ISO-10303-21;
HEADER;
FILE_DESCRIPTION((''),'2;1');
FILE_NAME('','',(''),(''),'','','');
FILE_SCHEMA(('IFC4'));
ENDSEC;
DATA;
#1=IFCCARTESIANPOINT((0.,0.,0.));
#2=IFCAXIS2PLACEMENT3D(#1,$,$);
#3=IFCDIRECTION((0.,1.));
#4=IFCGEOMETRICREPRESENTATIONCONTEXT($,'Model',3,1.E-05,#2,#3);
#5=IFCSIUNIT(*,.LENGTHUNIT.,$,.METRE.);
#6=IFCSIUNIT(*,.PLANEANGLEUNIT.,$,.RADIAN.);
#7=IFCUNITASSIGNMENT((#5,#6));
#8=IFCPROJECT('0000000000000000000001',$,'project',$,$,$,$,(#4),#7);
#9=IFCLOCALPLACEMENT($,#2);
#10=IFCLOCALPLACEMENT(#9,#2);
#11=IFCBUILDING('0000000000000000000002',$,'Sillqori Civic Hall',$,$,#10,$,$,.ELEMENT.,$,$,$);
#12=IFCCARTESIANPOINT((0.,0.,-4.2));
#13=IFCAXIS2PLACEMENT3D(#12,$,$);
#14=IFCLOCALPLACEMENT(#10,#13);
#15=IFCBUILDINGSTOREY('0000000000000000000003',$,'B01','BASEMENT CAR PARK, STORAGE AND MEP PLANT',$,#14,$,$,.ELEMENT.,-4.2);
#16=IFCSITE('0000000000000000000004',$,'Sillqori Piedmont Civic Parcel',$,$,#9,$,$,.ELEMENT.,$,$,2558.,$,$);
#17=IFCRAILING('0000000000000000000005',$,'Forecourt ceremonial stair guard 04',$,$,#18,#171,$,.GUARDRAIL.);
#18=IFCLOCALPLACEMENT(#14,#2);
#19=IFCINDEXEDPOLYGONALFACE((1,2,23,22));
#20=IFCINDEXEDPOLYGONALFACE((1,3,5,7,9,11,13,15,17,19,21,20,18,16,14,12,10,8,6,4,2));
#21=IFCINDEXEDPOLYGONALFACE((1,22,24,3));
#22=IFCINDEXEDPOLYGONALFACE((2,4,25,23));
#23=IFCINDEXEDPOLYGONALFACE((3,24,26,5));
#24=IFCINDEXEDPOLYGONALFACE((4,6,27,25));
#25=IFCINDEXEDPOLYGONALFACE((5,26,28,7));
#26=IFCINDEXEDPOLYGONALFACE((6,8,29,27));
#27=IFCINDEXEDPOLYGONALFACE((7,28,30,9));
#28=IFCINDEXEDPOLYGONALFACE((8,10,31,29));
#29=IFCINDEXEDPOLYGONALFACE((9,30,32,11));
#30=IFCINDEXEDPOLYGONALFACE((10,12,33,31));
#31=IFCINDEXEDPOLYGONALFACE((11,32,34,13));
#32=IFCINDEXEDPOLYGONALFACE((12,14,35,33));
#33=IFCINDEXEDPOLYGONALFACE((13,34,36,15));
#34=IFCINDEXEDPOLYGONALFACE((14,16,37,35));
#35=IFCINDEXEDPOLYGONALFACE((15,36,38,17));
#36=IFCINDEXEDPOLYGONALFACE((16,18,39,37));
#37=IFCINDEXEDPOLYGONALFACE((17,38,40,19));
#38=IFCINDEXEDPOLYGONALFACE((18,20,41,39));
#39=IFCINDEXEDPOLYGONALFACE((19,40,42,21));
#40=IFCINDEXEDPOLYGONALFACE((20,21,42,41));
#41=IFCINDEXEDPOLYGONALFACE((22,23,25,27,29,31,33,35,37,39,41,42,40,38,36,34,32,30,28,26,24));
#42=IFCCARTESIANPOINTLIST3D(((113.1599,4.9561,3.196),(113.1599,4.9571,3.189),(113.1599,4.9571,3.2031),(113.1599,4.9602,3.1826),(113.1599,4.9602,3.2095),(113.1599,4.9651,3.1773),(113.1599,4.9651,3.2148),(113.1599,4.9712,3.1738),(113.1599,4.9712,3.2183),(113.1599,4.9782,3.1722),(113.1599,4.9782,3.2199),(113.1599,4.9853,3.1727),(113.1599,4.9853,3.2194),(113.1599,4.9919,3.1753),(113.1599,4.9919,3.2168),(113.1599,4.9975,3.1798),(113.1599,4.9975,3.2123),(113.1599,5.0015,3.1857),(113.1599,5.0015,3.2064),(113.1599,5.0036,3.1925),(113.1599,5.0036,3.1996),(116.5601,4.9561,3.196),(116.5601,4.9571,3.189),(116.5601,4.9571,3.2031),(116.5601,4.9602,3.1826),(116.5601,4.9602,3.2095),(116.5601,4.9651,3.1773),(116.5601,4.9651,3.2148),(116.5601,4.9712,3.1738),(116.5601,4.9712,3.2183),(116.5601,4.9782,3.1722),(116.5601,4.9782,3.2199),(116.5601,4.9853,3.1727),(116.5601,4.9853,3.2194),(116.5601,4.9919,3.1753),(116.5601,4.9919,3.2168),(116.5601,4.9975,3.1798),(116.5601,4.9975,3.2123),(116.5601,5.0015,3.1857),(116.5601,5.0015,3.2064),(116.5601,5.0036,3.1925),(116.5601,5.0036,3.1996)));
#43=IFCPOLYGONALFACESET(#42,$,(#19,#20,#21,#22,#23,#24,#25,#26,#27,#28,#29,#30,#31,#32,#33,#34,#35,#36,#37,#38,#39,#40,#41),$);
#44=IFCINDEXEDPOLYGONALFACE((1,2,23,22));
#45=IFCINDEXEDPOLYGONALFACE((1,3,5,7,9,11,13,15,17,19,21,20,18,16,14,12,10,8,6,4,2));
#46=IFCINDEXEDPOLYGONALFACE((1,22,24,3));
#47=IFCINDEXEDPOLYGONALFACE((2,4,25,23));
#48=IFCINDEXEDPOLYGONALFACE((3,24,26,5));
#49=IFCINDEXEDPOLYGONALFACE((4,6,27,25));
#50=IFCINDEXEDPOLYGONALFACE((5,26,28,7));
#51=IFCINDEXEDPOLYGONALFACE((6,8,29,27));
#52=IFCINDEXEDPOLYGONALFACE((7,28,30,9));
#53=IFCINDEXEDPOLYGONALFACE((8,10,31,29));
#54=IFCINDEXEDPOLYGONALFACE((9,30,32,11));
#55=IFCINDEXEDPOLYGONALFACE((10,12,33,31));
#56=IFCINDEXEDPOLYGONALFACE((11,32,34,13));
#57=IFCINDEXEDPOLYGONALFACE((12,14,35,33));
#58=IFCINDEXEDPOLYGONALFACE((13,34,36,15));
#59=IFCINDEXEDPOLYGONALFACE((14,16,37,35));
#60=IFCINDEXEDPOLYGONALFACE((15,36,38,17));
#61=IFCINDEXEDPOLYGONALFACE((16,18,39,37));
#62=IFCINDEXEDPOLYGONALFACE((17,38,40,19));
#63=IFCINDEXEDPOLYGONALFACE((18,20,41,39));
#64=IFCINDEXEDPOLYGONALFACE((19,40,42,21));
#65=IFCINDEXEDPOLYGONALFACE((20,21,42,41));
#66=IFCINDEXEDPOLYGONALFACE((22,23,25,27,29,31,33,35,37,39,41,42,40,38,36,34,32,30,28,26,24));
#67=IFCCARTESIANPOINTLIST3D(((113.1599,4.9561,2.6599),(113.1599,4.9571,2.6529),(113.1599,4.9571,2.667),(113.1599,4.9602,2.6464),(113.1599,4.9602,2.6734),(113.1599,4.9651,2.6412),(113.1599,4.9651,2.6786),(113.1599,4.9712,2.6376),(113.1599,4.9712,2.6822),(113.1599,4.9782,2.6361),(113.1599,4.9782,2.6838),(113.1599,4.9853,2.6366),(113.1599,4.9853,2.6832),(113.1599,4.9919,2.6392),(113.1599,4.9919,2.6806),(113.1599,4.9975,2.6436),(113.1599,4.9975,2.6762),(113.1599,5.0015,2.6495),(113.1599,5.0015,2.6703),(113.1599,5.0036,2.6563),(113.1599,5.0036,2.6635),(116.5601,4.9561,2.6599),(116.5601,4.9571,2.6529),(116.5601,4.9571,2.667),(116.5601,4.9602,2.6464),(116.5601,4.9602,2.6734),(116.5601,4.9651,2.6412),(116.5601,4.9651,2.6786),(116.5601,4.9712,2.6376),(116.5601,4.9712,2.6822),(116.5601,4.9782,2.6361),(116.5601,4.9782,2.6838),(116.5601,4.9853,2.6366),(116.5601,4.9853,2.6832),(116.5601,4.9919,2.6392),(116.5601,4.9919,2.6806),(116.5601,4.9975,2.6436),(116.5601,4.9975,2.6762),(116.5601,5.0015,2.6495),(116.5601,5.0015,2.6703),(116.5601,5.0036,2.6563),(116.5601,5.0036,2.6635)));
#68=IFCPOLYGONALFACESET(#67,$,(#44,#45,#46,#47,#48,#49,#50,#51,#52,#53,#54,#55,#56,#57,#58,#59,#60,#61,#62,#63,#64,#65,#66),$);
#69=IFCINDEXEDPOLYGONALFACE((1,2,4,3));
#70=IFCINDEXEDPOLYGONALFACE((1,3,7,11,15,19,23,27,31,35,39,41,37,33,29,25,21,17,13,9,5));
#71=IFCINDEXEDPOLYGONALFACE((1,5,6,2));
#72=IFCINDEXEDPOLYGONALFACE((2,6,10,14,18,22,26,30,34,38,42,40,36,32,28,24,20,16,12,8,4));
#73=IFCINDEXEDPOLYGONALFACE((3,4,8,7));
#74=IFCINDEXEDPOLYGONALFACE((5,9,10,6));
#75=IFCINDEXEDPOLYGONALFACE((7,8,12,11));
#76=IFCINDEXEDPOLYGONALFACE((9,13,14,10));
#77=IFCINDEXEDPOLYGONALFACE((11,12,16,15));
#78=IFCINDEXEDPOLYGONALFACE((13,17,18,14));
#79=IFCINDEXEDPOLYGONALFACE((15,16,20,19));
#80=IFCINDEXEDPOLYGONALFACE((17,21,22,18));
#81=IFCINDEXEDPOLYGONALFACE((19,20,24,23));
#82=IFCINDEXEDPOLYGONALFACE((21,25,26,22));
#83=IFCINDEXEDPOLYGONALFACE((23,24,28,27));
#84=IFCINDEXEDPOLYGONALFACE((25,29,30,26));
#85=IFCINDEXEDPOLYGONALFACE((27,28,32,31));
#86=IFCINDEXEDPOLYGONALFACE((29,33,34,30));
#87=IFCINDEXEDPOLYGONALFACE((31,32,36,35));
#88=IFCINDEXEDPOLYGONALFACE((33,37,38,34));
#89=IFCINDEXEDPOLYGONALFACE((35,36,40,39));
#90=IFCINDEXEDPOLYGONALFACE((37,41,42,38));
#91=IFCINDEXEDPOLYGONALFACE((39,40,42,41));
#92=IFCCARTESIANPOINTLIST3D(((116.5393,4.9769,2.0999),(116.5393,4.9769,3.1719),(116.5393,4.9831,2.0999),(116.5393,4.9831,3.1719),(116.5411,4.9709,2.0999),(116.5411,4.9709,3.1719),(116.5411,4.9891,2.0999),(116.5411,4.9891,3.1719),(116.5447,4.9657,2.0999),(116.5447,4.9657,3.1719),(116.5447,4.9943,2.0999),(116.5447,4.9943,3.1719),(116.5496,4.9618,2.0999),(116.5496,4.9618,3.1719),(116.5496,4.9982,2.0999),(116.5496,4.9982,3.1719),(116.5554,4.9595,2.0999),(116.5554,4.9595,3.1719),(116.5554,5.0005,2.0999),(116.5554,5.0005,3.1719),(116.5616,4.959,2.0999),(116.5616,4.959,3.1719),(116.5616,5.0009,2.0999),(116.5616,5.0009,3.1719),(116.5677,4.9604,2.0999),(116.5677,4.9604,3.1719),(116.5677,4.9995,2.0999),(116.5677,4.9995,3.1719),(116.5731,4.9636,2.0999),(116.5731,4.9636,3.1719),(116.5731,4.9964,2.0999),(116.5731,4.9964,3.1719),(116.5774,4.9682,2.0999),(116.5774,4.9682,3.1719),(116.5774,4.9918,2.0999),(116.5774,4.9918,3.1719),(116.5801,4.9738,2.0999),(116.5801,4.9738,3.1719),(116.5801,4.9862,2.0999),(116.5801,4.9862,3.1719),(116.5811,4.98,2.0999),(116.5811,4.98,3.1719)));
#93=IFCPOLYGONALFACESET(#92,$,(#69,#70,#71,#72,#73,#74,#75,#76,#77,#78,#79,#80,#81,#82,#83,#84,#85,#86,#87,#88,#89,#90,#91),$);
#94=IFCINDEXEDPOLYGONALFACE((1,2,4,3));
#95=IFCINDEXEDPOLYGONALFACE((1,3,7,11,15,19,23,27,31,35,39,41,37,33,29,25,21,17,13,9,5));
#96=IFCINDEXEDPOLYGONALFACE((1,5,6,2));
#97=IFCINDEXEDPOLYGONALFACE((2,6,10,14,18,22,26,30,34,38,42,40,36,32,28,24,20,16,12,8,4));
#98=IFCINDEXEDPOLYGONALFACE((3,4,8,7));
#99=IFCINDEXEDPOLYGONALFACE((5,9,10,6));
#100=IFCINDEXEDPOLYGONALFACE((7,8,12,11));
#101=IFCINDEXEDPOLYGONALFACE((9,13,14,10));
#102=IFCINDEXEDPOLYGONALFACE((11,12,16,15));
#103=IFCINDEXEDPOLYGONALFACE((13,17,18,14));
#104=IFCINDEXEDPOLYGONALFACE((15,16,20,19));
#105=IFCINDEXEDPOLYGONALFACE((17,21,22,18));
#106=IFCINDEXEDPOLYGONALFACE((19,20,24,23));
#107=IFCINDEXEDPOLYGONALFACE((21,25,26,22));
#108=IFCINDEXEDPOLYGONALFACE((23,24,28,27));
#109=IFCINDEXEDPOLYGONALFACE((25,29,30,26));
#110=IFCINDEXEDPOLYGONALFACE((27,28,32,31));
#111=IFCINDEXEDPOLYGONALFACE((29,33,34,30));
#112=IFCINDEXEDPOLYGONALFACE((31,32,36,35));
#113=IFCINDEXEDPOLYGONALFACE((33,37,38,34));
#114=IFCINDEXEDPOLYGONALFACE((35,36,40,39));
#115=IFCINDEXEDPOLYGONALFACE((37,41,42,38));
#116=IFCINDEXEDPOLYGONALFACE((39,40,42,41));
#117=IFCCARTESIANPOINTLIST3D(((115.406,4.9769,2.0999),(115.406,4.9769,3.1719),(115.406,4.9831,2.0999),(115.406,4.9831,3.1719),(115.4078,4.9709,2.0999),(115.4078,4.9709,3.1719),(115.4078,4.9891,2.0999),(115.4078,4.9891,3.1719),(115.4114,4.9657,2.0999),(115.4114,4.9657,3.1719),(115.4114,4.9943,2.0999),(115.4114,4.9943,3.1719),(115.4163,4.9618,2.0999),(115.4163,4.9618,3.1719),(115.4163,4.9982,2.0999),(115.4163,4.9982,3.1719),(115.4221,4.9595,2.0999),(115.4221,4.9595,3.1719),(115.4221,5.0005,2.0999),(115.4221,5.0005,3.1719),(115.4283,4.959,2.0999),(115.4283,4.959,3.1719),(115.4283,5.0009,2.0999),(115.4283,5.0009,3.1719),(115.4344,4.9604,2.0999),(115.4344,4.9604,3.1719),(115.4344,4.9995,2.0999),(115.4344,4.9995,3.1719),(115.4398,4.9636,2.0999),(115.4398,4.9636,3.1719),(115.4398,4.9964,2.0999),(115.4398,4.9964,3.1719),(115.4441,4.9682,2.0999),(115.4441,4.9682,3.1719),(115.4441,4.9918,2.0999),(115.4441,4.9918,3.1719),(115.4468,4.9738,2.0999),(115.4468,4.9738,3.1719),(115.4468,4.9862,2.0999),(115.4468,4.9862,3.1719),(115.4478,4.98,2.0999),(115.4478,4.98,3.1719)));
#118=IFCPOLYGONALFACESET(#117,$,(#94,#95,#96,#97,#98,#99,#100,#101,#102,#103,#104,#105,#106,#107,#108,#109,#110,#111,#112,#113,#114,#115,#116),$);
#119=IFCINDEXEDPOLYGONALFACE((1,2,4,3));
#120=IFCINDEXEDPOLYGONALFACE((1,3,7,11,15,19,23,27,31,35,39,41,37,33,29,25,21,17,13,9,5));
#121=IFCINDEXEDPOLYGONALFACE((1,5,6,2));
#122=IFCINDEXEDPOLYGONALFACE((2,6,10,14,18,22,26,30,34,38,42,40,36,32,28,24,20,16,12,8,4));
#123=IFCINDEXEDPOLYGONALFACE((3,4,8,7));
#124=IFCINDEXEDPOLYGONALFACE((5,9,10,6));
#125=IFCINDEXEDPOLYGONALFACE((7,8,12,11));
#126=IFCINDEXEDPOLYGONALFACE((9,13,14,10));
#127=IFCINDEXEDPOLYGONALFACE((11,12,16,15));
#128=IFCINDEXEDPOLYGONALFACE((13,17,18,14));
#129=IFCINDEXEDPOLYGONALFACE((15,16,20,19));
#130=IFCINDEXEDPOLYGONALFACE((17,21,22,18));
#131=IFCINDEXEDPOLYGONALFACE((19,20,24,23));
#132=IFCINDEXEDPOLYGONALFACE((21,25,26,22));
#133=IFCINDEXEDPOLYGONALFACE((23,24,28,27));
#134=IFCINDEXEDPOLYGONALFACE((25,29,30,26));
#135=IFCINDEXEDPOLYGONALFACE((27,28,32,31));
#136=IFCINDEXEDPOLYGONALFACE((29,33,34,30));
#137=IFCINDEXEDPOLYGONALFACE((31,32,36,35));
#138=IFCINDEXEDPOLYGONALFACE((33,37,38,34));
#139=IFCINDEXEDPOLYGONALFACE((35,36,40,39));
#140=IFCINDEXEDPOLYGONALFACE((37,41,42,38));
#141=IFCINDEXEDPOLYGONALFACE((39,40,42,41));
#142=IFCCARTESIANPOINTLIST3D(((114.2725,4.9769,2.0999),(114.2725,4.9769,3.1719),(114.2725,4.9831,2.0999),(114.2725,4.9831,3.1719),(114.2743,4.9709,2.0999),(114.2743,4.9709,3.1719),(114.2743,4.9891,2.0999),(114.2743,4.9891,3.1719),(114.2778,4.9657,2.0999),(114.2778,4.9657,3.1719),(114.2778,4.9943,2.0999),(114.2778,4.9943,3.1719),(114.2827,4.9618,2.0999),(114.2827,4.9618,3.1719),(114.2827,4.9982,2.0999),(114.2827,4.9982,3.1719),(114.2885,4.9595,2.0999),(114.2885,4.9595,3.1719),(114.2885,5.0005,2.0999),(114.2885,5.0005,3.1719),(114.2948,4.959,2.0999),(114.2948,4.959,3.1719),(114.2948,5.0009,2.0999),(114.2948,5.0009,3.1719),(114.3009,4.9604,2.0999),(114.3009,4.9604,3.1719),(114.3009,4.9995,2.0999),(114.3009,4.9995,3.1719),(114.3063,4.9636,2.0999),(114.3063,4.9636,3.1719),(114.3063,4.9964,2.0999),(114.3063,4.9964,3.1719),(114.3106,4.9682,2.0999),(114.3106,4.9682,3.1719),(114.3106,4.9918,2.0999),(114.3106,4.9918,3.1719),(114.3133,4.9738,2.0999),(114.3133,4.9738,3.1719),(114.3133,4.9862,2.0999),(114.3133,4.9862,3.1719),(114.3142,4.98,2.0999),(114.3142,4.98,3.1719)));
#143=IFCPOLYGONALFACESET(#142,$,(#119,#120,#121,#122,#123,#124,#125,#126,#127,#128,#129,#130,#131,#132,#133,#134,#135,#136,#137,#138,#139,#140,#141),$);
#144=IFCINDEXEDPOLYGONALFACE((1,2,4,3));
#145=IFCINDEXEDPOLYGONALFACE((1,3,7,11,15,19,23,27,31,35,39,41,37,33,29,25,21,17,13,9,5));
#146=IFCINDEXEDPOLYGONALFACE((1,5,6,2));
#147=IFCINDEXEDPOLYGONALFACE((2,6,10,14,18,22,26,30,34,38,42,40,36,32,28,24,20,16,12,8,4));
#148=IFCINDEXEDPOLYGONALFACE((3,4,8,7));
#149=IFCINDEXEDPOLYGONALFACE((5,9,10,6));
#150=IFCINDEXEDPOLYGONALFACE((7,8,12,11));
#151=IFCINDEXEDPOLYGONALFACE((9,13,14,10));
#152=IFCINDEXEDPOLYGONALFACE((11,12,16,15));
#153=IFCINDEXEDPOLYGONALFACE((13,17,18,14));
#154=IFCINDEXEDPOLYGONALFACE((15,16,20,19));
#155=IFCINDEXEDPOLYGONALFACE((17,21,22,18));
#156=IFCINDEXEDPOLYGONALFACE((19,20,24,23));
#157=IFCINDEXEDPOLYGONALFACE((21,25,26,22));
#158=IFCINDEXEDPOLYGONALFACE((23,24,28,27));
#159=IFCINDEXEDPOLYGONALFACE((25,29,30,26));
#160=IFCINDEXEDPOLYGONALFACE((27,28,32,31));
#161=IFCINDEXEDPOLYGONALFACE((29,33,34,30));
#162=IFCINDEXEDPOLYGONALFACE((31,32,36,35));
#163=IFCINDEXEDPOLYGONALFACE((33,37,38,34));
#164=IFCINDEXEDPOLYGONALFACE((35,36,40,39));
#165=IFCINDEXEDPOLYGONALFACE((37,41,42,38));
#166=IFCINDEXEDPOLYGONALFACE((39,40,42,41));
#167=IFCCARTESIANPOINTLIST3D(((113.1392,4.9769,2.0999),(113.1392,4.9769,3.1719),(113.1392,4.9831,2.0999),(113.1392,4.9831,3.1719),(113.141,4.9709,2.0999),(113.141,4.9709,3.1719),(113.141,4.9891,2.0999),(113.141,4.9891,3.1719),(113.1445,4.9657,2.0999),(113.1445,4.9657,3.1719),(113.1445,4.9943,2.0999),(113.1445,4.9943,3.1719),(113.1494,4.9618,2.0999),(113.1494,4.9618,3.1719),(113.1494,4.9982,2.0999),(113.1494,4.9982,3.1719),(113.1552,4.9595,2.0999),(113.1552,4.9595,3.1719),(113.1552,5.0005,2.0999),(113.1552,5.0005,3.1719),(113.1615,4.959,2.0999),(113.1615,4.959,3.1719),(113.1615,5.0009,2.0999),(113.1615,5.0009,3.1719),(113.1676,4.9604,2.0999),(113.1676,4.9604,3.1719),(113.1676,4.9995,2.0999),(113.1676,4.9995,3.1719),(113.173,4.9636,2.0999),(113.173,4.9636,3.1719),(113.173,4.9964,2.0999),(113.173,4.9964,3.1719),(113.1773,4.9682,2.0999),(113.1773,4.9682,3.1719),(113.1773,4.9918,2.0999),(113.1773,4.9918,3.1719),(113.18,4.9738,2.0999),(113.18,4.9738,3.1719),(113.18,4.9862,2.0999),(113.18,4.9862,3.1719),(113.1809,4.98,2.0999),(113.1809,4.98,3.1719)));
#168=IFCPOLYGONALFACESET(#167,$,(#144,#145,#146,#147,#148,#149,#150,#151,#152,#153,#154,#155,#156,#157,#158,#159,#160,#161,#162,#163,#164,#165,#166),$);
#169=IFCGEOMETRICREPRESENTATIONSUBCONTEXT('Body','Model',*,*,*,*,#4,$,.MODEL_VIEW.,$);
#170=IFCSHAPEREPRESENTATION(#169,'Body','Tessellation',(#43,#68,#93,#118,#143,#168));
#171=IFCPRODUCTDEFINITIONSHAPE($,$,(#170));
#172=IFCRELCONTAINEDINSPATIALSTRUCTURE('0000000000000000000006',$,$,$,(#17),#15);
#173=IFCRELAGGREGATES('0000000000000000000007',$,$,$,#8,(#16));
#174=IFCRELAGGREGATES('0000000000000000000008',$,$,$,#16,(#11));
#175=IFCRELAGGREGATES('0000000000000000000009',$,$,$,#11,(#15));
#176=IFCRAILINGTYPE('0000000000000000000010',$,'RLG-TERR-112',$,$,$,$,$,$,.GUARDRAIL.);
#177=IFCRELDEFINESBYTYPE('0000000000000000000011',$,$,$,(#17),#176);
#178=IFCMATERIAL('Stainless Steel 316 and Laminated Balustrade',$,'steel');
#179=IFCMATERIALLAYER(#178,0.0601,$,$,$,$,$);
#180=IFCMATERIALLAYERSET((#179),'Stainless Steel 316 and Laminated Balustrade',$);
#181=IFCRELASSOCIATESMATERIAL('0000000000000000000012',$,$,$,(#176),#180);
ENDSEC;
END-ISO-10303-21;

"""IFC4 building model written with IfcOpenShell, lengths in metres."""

from ifc_helpers import new_model, si_unit, direction, frame, origin, origin_2d, place, context, subcontext, project, spatial, circle, extrude, material, layer, layer_set, type_object, element, save


model = new_model("IFC4")

# Units and contexts
model_context = context("Model", 3, precision=1e-05, world=origin(), true_north=direction((0.0, 1.0)))
body_context = subcontext(model_context, "Body", "Model", "MODEL_VIEW")
ifc_project = project(units=[si_unit("LENGTHUNIT", "METRE"), si_unit("PLANEANGLEUNIT", "RADIAN")], contexts=[model_context])

# Site, building, storey
site_placement = place(None, origin())
site = spatial("IfcSite", under=ifc_project, at=site_placement, Name="Sillqori Piedmont Civic Parcel", CompositionType="ELEMENT", RefElevation=2558.0)
building_placement = place(site_placement, origin())
building = spatial("IfcBuilding", under=site, at=building_placement, Name="Sillqori Civic Hall", CompositionType="ELEMENT")
storey_placement = place(building_placement, frame((0.0, 0.0, -4.2)))
storey = spatial("IfcBuildingStorey", under=building, at=storey_placement, Name="B01", Description="BASEMENT CAR PARK, STORAGE AND MEP PLANT", CompositionType="ELEMENT", Elevation=-4.2)

# Railing
ifc_material_1 = material(Name="Stainless Steel 316 and Laminated Balustrade", Category="steel")
ifc_layer_1 = layer(ifc_material_1, 0.0601)
ifc_layer_set_1 = layer_set([ifc_layer_1], Name="Stainless Steel 316 and Laminated Balustrade")
railing_type = type_object("IfcRailingType", Name="RLG-TERR-112", PredefinedType="GUARDRAIL", material=ifc_layer_set_1)
railing_1_placement = place(storey_placement, frame((116.5601, 4.98, 2.0999)))
element("IfcRailing", 1, at=railing_1_placement, inside=storey, type_object=railing_type, Name="Forecourt ceremonial stair guard 04", PredefinedType="GUARDRAIL", context=body_context, shape_type="SweptSolid", body=[
    extrude(circle(Radius=0.0239, at=origin_2d()), frame((0.0, 0.0, 1.0962), z_axis=(-1.0, 0.0, 0.0), x_axis=(0.0, -1.0, 0.0)), (0.0, 0.0, 1.0), 3.4001),
    extrude(circle(Radius=0.0239, at=origin_2d()), frame((0.0, 0.0, 0.5601), z_axis=(-1.0, 0.0, 0.0), x_axis=(0.0, -1.0, 0.0)), (0.0, 0.0, 1.0), 3.4001),
    extrude(circle(Radius=0.021, at=origin_2d()), origin(), (0.0, 0.0, 1.0), 1.072),
    extrude(circle(Radius=0.021, at=origin_2d()), frame((-1.1333, 0.0, 0.0)), (0.0, 0.0, 1.0), 1.072),
    extrude(circle(Radius=0.021, at=origin_2d()), frame((-2.2668, 0.0, 0.0)), (0.0, 0.0, 1.0), 1.072),
    extrude(circle(Radius=0.021, at=origin_2d()), frame((-3.4001, 0.0, 0.0)), (0.0, 0.0, 1.0), 1.072),
])

save(model, "model.ifc")
